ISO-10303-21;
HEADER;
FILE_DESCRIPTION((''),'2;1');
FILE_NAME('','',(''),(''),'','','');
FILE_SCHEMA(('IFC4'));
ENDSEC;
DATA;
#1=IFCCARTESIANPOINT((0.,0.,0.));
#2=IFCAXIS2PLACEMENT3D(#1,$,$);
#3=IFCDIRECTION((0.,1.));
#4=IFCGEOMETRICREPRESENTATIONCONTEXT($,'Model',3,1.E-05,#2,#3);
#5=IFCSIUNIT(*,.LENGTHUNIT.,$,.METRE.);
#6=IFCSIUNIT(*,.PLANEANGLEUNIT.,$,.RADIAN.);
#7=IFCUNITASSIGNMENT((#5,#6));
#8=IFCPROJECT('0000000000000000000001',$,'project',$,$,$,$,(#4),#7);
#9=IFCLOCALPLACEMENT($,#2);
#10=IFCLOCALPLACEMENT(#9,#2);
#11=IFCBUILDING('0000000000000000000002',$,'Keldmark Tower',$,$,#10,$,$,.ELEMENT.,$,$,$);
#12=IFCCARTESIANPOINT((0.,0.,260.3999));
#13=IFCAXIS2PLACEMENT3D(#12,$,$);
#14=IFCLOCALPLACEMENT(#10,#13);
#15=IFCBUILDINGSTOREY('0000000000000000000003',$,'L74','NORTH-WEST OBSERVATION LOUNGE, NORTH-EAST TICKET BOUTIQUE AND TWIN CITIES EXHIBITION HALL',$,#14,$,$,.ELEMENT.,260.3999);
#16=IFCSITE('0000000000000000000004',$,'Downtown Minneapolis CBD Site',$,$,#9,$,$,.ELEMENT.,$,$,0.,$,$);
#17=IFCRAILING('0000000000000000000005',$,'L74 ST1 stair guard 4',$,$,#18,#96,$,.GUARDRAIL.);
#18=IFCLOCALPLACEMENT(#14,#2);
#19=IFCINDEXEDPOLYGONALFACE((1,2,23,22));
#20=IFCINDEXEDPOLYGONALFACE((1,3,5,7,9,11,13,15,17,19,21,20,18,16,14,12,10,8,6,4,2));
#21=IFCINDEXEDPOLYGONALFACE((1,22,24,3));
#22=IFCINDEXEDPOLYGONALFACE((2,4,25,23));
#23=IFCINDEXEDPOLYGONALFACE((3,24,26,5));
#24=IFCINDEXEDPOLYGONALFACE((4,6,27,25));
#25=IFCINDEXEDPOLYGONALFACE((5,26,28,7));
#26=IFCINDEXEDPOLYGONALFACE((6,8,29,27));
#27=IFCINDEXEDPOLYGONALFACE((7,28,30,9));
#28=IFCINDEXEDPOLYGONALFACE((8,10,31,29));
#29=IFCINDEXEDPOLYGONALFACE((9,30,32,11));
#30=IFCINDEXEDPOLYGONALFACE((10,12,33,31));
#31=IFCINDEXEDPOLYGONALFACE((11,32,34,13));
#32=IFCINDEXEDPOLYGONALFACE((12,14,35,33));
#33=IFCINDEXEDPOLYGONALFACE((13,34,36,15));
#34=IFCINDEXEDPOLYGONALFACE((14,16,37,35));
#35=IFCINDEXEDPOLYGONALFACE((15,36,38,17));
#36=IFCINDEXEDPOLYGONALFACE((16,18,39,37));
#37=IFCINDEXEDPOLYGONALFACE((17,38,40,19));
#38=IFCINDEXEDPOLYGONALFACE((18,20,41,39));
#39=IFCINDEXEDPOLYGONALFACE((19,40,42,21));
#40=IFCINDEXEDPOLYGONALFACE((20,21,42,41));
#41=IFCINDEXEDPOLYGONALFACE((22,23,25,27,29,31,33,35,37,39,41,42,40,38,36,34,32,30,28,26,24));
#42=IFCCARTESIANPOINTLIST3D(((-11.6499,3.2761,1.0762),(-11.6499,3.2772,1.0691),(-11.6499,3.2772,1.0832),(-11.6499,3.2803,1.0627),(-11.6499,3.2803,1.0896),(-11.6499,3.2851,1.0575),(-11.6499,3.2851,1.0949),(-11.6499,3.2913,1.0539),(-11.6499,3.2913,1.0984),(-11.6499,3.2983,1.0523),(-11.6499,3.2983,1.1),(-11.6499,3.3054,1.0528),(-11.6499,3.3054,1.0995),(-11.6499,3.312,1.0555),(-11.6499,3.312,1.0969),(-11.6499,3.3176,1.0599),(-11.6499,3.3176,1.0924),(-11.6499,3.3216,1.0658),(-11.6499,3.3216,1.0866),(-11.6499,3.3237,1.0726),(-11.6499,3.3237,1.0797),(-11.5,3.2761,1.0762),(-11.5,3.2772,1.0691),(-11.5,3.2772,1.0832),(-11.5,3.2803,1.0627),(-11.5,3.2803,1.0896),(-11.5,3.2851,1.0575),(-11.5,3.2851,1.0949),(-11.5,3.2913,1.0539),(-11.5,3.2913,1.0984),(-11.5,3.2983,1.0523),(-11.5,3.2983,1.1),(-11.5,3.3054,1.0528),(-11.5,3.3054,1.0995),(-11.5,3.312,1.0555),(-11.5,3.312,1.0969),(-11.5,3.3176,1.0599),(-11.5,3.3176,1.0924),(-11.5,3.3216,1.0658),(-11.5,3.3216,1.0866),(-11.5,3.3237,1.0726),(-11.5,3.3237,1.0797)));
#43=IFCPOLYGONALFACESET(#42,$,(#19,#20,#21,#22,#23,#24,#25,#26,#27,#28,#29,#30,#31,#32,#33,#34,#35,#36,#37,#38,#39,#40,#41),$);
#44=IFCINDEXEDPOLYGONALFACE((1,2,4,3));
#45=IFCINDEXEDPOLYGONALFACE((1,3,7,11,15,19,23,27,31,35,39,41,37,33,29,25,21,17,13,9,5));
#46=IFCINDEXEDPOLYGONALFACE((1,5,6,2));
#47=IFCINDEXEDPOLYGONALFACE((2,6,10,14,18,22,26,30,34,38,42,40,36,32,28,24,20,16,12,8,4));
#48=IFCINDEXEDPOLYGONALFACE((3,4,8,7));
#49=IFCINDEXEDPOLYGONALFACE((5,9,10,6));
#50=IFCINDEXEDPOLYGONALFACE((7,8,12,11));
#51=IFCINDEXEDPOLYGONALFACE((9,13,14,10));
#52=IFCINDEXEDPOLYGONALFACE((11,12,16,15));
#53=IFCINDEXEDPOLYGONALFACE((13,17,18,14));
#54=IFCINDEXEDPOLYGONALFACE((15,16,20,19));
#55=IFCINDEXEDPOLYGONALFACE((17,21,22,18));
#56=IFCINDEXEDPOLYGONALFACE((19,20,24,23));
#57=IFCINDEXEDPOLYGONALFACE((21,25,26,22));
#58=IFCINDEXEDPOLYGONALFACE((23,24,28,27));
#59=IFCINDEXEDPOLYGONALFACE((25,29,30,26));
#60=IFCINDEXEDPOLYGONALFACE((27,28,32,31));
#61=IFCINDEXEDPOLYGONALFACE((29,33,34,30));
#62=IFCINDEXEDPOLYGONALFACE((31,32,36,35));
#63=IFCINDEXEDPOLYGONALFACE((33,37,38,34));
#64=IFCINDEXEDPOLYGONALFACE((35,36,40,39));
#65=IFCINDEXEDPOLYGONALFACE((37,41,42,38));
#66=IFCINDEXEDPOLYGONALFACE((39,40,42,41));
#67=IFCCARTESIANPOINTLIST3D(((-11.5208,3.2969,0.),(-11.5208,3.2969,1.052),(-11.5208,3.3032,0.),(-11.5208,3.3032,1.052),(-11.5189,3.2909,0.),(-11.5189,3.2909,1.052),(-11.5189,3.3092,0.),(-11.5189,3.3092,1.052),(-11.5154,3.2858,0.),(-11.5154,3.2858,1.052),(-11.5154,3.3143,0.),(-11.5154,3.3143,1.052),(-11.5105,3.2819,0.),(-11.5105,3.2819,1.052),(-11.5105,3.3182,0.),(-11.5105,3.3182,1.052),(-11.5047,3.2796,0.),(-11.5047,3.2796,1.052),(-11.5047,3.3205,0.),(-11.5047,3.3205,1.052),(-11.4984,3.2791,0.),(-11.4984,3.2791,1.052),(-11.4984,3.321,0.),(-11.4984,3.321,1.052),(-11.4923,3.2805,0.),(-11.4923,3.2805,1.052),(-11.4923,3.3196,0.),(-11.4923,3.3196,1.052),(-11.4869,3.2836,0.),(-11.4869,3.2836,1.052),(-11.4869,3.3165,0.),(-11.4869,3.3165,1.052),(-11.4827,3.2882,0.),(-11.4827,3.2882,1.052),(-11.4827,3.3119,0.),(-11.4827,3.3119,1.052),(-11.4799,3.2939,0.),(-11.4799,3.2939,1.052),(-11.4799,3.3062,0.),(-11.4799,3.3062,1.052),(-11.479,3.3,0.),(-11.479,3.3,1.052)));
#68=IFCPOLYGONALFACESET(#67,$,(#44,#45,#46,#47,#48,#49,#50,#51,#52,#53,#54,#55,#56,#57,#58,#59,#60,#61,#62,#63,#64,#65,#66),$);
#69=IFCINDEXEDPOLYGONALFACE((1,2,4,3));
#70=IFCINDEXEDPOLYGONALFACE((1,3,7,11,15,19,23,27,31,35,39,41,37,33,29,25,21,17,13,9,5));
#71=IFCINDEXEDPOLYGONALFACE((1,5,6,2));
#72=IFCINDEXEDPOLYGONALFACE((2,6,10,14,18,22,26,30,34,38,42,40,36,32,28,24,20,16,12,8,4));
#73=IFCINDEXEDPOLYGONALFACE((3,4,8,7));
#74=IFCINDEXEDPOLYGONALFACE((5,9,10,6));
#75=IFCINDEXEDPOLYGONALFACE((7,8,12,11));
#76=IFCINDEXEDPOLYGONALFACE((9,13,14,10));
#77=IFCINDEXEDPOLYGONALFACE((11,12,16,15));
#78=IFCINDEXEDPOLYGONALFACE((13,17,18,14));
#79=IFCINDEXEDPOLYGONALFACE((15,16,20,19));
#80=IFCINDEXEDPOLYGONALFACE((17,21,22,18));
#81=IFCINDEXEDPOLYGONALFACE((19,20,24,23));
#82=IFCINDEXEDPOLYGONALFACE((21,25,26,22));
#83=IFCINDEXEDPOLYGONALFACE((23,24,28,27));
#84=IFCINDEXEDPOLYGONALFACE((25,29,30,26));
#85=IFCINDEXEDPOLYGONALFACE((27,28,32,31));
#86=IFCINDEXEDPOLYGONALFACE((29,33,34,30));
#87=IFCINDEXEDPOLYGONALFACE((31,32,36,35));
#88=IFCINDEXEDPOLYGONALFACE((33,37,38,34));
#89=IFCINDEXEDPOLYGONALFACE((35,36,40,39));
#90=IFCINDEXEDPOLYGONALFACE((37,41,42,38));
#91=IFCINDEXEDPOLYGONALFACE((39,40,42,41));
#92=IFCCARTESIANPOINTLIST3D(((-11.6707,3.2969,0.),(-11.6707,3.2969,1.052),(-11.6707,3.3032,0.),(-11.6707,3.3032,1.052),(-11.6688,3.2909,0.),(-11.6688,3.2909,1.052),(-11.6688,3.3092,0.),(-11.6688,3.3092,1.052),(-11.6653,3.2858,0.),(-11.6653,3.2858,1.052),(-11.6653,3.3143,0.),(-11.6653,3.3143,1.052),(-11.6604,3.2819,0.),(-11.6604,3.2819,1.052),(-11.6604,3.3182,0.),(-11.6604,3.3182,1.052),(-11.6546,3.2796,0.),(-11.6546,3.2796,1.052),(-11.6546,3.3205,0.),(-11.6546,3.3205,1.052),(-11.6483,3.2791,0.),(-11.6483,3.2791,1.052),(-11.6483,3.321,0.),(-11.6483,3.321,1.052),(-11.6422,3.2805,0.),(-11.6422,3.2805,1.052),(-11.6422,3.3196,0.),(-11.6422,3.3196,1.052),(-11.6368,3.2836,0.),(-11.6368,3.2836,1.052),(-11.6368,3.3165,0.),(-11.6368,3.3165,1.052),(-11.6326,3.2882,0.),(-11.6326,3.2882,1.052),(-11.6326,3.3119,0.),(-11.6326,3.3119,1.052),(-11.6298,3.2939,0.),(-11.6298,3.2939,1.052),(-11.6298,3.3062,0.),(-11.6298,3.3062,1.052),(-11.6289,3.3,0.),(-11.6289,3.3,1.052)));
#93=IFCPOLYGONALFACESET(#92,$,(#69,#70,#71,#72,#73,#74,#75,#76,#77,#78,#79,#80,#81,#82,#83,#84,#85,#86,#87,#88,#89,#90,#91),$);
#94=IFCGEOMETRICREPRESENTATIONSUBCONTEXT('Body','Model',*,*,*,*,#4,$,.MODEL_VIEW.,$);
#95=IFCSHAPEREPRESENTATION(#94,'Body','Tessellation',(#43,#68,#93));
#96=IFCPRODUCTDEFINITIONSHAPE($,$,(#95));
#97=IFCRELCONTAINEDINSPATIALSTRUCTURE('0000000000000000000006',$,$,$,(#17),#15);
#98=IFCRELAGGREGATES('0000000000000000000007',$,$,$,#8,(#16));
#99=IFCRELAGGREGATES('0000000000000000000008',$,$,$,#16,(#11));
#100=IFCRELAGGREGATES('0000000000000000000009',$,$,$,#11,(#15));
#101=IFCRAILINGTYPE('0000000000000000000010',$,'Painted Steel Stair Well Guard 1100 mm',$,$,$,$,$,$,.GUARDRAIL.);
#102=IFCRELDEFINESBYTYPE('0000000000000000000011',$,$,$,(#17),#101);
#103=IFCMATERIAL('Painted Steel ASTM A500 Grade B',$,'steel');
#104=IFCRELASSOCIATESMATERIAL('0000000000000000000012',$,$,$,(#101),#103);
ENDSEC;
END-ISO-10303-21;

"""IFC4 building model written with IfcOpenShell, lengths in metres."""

from ifc_helpers import new_model, si_unit, direction, frame, origin, origin_2d, place, context, subcontext, project, spatial, circle, extrude, material, type_object, element, save


model = new_model("IFC4")

# Units and contexts
model_context = context("Model", 3, precision=1e-05, world=origin(), true_north=direction((0.0, 1.0)))
body_context = subcontext(model_context, "Body", "Model", "MODEL_VIEW")
ifc_project = project(units=[si_unit("LENGTHUNIT", "METRE"), si_unit("PLANEANGLEUNIT", "RADIAN")], contexts=[model_context])

# Site, building, storey
site_placement = place(None, origin())
site = spatial("IfcSite", under=ifc_project, at=site_placement, Name="Downtown Minneapolis CBD Site", CompositionType="ELEMENT", RefElevation=0.0)
building_placement = place(site_placement, origin())
building = spatial("IfcBuilding", under=site, at=building_placement, Name="Keldmark Tower", CompositionType="ELEMENT")
storey_placement = place(building_placement, frame((0.0, 0.0, 260.3999)))
storey = spatial("IfcBuildingStorey", under=building, at=storey_placement, Name="L74", Description="NORTH-WEST OBSERVATION LOUNGE, NORTH-EAST TICKET BOUTIQUE AND TWIN CITIES EXHIBITION HALL", CompositionType="ELEMENT", Elevation=260.3999)

# Railing
ifc_material_1 = material(Name="Painted Steel ASTM A500 Grade B", Category="steel")
railing_type = type_object("IfcRailingType", Name="Painted Steel Stair Well Guard 1100 mm", PredefinedType="GUARDRAIL", material=ifc_material_1)
railing_1_placement = place(storey_placement, frame((-11.5, 3.3, 0.0)))
element("IfcRailing", 1, at=railing_1_placement, inside=storey, type_object=railing_type, Name="L74 ST1 stair guard 4", PredefinedType="GUARDRAIL", context=body_context, shape_type="SweptSolid", body=[
    extrude(circle(Radius=0.0239, at=origin_2d()), frame((0.0, 0.0, 1.0762), z_axis=(-1.0, 0.0, 0.0), x_axis=(0.0, -1.0, 0.0)), (0.0, 0.0, 1.0), 0.1499),
    extrude(circle(Radius=0.021, at=origin_2d()), origin(), (0.0, 0.0, 1.0), 1.052),
    extrude(circle(Radius=0.021, at=origin_2d()), frame((-0.1499, 0.0, 0.0)), (0.0, 0.0, 1.0), 1.052),
])

save(model, "model.ifc")
